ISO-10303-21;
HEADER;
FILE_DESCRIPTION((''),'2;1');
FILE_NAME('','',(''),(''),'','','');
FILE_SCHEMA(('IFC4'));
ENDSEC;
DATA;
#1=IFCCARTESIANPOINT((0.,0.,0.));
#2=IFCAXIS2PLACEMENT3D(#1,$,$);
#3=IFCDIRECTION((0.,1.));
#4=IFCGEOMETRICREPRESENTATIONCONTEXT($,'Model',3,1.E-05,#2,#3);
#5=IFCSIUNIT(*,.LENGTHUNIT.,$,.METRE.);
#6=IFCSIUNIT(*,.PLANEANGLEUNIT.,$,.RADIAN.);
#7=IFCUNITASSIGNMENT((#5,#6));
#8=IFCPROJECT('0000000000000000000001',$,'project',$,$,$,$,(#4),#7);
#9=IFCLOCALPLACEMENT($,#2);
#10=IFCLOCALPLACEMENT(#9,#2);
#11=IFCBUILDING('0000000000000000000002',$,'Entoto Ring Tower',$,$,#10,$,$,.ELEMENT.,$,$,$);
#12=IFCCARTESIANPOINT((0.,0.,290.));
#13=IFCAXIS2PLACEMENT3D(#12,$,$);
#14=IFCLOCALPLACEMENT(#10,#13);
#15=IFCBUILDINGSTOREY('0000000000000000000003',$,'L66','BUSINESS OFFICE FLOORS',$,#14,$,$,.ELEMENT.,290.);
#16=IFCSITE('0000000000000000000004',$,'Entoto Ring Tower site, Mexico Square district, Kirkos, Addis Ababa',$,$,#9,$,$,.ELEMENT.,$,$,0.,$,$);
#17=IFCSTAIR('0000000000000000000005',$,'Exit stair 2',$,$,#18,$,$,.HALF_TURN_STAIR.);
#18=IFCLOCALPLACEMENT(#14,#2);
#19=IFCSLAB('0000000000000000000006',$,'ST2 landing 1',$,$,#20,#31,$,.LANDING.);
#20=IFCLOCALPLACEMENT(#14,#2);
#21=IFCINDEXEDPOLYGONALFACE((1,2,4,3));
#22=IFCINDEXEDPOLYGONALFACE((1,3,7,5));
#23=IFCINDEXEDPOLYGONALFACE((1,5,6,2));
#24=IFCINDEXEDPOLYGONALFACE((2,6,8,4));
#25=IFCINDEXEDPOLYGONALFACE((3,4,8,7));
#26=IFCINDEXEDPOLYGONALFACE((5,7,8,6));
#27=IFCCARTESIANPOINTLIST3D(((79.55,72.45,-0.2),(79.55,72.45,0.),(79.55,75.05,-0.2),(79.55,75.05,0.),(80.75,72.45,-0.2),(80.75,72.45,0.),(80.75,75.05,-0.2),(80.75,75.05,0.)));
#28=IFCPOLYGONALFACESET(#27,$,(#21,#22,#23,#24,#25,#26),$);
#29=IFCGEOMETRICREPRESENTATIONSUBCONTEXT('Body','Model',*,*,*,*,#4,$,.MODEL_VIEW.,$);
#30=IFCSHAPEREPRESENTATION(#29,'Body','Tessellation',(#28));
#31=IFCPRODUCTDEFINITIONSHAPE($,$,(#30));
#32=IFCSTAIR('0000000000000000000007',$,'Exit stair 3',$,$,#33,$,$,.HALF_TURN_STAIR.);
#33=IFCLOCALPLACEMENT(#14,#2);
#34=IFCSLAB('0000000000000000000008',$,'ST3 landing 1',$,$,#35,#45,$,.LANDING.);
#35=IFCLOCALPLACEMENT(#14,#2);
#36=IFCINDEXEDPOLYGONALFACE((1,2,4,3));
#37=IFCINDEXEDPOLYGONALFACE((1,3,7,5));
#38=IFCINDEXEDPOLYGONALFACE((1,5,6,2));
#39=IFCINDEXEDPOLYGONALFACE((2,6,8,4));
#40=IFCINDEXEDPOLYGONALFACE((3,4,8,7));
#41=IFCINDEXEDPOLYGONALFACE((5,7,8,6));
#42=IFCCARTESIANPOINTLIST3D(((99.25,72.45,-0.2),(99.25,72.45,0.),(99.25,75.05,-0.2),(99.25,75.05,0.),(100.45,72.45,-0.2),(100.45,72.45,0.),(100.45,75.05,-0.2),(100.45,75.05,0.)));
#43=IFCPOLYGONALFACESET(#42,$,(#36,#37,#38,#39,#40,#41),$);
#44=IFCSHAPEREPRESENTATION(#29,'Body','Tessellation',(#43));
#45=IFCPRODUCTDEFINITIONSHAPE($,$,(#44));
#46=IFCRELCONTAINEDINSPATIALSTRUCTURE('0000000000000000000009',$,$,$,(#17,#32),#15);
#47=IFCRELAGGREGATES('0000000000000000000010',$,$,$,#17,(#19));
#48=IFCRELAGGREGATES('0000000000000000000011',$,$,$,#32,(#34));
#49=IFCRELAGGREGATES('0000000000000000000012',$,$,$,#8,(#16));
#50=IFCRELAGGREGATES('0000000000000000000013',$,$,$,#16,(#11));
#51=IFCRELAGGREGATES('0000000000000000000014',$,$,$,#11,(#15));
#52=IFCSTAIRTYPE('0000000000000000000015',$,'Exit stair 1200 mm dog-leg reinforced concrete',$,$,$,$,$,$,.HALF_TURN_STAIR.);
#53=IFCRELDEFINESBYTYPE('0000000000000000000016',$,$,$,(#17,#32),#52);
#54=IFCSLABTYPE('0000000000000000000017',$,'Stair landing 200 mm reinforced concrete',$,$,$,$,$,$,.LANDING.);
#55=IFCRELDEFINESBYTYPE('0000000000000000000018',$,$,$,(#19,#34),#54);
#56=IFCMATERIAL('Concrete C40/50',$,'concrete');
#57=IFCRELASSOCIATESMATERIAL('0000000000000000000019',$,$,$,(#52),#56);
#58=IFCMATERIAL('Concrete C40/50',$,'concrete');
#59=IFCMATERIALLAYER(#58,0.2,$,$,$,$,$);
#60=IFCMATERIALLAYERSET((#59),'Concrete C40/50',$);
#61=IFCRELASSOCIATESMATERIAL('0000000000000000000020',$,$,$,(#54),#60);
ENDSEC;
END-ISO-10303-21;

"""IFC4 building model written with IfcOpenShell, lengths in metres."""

from ifc_helpers import new_model, si_unit, direction, frame, origin, place, context, subcontext, project, spatial, polyline, outline, extrude, material, layer, layer_set, type_object, element, aggregate, save


model = new_model("IFC4")

# Units and contexts
model_context = context("Model", 3, precision=1e-05, world=origin(), true_north=direction((0.0, 1.0)))
body_context = subcontext(model_context, "Body", "Model", "MODEL_VIEW")
ifc_project = project(units=[si_unit("LENGTHUNIT", "METRE"), si_unit("PLANEANGLEUNIT", "RADIAN")], contexts=[model_context])

# Site, building, storey
site_placement = place(None, origin())
building_placement = place(site_placement, origin())
storey_placement = place(building_placement, frame((0.0, 0.0, 290.0)))
site = spatial("IfcSite", under=ifc_project, at=site_placement, Name="Entoto Ring Tower site, Mexico Square district, Kirkos, Addis Ababa", CompositionType="ELEMENT", RefElevation=0.0)
building = spatial("IfcBuilding", under=site, at=building_placement, Name="Entoto Ring Tower", CompositionType="ELEMENT")
storey = spatial("IfcBuildingStorey", under=building, at=storey_placement, Name="L66", Description="BUSINESS OFFICE FLOORS", CompositionType="ELEMENT", Elevation=290.0)

# Stairs, slabs
ifc_material_1 = material(Name="Concrete C40/50", Category="concrete")
stair_type = type_object("IfcStairType", Name="Exit stair 1200 mm dog-leg reinforced concrete", PredefinedType="HALF_TURN_STAIR", material=ifc_material_1)
ifc_material_2 = material(Name="Concrete C40/50", Category="concrete")
ifc_layer_1 = layer(ifc_material_2, 0.2)
ifc_layer_set_1 = layer_set([ifc_layer_1], Name="Concrete C40/50")
slab_type_1 = type_object("IfcSlabType", Name="Stair landing 200 mm reinforced concrete", PredefinedType="LANDING", material=ifc_layer_set_1)
stair_1_placement = place(storey_placement, origin())
stair_1 = element("IfcStair", 1, at=stair_1_placement, inside=storey, type_object=stair_type, Name="Exit stair 2", PredefinedType="HALF_TURN_STAIR")
slab_1_placement = place(storey_placement, frame((0.0, 0.0, -0.2)))
slab_1 = element("IfcSlab", 2, at=slab_1_placement, type_object=slab_type_1, Name="ST2 landing 1", PredefinedType="LANDING", context=body_context, shape_type="SweptSolid", body=[
    extrude(outline(polyline([(80.75, 72.45), (80.75, 75.05), (79.55, 75.05), (79.55, 72.45), (80.75, 72.45)])), origin(), (0.0, 0.0, 1.0), 0.2),
])
aggregate(stair_1, [slab_1])
stair_2_placement = place(storey_placement, origin())
stair_2 = element("IfcStair", 3, at=stair_2_placement, inside=storey, type_object=stair_type, Name="Exit stair 3", PredefinedType="HALF_TURN_STAIR")
slab_2_placement = place(storey_placement, frame((0.0, 0.0, -0.2)))
slab_2 = element("IfcSlab", 4, at=slab_2_placement, type_object=slab_type_1, Name="ST3 landing 1", PredefinedType="LANDING", context=body_context, shape_type="SweptSolid", body=[
    extrude(outline(polyline([(100.45, 72.45), (100.45, 75.05), (99.25, 75.05), (99.25, 72.45), (100.45, 72.45)])), origin(), (0.0, 0.0, 1.0), 0.2),
])
aggregate(stair_2, [slab_2])

save(model, "model.ifc")
